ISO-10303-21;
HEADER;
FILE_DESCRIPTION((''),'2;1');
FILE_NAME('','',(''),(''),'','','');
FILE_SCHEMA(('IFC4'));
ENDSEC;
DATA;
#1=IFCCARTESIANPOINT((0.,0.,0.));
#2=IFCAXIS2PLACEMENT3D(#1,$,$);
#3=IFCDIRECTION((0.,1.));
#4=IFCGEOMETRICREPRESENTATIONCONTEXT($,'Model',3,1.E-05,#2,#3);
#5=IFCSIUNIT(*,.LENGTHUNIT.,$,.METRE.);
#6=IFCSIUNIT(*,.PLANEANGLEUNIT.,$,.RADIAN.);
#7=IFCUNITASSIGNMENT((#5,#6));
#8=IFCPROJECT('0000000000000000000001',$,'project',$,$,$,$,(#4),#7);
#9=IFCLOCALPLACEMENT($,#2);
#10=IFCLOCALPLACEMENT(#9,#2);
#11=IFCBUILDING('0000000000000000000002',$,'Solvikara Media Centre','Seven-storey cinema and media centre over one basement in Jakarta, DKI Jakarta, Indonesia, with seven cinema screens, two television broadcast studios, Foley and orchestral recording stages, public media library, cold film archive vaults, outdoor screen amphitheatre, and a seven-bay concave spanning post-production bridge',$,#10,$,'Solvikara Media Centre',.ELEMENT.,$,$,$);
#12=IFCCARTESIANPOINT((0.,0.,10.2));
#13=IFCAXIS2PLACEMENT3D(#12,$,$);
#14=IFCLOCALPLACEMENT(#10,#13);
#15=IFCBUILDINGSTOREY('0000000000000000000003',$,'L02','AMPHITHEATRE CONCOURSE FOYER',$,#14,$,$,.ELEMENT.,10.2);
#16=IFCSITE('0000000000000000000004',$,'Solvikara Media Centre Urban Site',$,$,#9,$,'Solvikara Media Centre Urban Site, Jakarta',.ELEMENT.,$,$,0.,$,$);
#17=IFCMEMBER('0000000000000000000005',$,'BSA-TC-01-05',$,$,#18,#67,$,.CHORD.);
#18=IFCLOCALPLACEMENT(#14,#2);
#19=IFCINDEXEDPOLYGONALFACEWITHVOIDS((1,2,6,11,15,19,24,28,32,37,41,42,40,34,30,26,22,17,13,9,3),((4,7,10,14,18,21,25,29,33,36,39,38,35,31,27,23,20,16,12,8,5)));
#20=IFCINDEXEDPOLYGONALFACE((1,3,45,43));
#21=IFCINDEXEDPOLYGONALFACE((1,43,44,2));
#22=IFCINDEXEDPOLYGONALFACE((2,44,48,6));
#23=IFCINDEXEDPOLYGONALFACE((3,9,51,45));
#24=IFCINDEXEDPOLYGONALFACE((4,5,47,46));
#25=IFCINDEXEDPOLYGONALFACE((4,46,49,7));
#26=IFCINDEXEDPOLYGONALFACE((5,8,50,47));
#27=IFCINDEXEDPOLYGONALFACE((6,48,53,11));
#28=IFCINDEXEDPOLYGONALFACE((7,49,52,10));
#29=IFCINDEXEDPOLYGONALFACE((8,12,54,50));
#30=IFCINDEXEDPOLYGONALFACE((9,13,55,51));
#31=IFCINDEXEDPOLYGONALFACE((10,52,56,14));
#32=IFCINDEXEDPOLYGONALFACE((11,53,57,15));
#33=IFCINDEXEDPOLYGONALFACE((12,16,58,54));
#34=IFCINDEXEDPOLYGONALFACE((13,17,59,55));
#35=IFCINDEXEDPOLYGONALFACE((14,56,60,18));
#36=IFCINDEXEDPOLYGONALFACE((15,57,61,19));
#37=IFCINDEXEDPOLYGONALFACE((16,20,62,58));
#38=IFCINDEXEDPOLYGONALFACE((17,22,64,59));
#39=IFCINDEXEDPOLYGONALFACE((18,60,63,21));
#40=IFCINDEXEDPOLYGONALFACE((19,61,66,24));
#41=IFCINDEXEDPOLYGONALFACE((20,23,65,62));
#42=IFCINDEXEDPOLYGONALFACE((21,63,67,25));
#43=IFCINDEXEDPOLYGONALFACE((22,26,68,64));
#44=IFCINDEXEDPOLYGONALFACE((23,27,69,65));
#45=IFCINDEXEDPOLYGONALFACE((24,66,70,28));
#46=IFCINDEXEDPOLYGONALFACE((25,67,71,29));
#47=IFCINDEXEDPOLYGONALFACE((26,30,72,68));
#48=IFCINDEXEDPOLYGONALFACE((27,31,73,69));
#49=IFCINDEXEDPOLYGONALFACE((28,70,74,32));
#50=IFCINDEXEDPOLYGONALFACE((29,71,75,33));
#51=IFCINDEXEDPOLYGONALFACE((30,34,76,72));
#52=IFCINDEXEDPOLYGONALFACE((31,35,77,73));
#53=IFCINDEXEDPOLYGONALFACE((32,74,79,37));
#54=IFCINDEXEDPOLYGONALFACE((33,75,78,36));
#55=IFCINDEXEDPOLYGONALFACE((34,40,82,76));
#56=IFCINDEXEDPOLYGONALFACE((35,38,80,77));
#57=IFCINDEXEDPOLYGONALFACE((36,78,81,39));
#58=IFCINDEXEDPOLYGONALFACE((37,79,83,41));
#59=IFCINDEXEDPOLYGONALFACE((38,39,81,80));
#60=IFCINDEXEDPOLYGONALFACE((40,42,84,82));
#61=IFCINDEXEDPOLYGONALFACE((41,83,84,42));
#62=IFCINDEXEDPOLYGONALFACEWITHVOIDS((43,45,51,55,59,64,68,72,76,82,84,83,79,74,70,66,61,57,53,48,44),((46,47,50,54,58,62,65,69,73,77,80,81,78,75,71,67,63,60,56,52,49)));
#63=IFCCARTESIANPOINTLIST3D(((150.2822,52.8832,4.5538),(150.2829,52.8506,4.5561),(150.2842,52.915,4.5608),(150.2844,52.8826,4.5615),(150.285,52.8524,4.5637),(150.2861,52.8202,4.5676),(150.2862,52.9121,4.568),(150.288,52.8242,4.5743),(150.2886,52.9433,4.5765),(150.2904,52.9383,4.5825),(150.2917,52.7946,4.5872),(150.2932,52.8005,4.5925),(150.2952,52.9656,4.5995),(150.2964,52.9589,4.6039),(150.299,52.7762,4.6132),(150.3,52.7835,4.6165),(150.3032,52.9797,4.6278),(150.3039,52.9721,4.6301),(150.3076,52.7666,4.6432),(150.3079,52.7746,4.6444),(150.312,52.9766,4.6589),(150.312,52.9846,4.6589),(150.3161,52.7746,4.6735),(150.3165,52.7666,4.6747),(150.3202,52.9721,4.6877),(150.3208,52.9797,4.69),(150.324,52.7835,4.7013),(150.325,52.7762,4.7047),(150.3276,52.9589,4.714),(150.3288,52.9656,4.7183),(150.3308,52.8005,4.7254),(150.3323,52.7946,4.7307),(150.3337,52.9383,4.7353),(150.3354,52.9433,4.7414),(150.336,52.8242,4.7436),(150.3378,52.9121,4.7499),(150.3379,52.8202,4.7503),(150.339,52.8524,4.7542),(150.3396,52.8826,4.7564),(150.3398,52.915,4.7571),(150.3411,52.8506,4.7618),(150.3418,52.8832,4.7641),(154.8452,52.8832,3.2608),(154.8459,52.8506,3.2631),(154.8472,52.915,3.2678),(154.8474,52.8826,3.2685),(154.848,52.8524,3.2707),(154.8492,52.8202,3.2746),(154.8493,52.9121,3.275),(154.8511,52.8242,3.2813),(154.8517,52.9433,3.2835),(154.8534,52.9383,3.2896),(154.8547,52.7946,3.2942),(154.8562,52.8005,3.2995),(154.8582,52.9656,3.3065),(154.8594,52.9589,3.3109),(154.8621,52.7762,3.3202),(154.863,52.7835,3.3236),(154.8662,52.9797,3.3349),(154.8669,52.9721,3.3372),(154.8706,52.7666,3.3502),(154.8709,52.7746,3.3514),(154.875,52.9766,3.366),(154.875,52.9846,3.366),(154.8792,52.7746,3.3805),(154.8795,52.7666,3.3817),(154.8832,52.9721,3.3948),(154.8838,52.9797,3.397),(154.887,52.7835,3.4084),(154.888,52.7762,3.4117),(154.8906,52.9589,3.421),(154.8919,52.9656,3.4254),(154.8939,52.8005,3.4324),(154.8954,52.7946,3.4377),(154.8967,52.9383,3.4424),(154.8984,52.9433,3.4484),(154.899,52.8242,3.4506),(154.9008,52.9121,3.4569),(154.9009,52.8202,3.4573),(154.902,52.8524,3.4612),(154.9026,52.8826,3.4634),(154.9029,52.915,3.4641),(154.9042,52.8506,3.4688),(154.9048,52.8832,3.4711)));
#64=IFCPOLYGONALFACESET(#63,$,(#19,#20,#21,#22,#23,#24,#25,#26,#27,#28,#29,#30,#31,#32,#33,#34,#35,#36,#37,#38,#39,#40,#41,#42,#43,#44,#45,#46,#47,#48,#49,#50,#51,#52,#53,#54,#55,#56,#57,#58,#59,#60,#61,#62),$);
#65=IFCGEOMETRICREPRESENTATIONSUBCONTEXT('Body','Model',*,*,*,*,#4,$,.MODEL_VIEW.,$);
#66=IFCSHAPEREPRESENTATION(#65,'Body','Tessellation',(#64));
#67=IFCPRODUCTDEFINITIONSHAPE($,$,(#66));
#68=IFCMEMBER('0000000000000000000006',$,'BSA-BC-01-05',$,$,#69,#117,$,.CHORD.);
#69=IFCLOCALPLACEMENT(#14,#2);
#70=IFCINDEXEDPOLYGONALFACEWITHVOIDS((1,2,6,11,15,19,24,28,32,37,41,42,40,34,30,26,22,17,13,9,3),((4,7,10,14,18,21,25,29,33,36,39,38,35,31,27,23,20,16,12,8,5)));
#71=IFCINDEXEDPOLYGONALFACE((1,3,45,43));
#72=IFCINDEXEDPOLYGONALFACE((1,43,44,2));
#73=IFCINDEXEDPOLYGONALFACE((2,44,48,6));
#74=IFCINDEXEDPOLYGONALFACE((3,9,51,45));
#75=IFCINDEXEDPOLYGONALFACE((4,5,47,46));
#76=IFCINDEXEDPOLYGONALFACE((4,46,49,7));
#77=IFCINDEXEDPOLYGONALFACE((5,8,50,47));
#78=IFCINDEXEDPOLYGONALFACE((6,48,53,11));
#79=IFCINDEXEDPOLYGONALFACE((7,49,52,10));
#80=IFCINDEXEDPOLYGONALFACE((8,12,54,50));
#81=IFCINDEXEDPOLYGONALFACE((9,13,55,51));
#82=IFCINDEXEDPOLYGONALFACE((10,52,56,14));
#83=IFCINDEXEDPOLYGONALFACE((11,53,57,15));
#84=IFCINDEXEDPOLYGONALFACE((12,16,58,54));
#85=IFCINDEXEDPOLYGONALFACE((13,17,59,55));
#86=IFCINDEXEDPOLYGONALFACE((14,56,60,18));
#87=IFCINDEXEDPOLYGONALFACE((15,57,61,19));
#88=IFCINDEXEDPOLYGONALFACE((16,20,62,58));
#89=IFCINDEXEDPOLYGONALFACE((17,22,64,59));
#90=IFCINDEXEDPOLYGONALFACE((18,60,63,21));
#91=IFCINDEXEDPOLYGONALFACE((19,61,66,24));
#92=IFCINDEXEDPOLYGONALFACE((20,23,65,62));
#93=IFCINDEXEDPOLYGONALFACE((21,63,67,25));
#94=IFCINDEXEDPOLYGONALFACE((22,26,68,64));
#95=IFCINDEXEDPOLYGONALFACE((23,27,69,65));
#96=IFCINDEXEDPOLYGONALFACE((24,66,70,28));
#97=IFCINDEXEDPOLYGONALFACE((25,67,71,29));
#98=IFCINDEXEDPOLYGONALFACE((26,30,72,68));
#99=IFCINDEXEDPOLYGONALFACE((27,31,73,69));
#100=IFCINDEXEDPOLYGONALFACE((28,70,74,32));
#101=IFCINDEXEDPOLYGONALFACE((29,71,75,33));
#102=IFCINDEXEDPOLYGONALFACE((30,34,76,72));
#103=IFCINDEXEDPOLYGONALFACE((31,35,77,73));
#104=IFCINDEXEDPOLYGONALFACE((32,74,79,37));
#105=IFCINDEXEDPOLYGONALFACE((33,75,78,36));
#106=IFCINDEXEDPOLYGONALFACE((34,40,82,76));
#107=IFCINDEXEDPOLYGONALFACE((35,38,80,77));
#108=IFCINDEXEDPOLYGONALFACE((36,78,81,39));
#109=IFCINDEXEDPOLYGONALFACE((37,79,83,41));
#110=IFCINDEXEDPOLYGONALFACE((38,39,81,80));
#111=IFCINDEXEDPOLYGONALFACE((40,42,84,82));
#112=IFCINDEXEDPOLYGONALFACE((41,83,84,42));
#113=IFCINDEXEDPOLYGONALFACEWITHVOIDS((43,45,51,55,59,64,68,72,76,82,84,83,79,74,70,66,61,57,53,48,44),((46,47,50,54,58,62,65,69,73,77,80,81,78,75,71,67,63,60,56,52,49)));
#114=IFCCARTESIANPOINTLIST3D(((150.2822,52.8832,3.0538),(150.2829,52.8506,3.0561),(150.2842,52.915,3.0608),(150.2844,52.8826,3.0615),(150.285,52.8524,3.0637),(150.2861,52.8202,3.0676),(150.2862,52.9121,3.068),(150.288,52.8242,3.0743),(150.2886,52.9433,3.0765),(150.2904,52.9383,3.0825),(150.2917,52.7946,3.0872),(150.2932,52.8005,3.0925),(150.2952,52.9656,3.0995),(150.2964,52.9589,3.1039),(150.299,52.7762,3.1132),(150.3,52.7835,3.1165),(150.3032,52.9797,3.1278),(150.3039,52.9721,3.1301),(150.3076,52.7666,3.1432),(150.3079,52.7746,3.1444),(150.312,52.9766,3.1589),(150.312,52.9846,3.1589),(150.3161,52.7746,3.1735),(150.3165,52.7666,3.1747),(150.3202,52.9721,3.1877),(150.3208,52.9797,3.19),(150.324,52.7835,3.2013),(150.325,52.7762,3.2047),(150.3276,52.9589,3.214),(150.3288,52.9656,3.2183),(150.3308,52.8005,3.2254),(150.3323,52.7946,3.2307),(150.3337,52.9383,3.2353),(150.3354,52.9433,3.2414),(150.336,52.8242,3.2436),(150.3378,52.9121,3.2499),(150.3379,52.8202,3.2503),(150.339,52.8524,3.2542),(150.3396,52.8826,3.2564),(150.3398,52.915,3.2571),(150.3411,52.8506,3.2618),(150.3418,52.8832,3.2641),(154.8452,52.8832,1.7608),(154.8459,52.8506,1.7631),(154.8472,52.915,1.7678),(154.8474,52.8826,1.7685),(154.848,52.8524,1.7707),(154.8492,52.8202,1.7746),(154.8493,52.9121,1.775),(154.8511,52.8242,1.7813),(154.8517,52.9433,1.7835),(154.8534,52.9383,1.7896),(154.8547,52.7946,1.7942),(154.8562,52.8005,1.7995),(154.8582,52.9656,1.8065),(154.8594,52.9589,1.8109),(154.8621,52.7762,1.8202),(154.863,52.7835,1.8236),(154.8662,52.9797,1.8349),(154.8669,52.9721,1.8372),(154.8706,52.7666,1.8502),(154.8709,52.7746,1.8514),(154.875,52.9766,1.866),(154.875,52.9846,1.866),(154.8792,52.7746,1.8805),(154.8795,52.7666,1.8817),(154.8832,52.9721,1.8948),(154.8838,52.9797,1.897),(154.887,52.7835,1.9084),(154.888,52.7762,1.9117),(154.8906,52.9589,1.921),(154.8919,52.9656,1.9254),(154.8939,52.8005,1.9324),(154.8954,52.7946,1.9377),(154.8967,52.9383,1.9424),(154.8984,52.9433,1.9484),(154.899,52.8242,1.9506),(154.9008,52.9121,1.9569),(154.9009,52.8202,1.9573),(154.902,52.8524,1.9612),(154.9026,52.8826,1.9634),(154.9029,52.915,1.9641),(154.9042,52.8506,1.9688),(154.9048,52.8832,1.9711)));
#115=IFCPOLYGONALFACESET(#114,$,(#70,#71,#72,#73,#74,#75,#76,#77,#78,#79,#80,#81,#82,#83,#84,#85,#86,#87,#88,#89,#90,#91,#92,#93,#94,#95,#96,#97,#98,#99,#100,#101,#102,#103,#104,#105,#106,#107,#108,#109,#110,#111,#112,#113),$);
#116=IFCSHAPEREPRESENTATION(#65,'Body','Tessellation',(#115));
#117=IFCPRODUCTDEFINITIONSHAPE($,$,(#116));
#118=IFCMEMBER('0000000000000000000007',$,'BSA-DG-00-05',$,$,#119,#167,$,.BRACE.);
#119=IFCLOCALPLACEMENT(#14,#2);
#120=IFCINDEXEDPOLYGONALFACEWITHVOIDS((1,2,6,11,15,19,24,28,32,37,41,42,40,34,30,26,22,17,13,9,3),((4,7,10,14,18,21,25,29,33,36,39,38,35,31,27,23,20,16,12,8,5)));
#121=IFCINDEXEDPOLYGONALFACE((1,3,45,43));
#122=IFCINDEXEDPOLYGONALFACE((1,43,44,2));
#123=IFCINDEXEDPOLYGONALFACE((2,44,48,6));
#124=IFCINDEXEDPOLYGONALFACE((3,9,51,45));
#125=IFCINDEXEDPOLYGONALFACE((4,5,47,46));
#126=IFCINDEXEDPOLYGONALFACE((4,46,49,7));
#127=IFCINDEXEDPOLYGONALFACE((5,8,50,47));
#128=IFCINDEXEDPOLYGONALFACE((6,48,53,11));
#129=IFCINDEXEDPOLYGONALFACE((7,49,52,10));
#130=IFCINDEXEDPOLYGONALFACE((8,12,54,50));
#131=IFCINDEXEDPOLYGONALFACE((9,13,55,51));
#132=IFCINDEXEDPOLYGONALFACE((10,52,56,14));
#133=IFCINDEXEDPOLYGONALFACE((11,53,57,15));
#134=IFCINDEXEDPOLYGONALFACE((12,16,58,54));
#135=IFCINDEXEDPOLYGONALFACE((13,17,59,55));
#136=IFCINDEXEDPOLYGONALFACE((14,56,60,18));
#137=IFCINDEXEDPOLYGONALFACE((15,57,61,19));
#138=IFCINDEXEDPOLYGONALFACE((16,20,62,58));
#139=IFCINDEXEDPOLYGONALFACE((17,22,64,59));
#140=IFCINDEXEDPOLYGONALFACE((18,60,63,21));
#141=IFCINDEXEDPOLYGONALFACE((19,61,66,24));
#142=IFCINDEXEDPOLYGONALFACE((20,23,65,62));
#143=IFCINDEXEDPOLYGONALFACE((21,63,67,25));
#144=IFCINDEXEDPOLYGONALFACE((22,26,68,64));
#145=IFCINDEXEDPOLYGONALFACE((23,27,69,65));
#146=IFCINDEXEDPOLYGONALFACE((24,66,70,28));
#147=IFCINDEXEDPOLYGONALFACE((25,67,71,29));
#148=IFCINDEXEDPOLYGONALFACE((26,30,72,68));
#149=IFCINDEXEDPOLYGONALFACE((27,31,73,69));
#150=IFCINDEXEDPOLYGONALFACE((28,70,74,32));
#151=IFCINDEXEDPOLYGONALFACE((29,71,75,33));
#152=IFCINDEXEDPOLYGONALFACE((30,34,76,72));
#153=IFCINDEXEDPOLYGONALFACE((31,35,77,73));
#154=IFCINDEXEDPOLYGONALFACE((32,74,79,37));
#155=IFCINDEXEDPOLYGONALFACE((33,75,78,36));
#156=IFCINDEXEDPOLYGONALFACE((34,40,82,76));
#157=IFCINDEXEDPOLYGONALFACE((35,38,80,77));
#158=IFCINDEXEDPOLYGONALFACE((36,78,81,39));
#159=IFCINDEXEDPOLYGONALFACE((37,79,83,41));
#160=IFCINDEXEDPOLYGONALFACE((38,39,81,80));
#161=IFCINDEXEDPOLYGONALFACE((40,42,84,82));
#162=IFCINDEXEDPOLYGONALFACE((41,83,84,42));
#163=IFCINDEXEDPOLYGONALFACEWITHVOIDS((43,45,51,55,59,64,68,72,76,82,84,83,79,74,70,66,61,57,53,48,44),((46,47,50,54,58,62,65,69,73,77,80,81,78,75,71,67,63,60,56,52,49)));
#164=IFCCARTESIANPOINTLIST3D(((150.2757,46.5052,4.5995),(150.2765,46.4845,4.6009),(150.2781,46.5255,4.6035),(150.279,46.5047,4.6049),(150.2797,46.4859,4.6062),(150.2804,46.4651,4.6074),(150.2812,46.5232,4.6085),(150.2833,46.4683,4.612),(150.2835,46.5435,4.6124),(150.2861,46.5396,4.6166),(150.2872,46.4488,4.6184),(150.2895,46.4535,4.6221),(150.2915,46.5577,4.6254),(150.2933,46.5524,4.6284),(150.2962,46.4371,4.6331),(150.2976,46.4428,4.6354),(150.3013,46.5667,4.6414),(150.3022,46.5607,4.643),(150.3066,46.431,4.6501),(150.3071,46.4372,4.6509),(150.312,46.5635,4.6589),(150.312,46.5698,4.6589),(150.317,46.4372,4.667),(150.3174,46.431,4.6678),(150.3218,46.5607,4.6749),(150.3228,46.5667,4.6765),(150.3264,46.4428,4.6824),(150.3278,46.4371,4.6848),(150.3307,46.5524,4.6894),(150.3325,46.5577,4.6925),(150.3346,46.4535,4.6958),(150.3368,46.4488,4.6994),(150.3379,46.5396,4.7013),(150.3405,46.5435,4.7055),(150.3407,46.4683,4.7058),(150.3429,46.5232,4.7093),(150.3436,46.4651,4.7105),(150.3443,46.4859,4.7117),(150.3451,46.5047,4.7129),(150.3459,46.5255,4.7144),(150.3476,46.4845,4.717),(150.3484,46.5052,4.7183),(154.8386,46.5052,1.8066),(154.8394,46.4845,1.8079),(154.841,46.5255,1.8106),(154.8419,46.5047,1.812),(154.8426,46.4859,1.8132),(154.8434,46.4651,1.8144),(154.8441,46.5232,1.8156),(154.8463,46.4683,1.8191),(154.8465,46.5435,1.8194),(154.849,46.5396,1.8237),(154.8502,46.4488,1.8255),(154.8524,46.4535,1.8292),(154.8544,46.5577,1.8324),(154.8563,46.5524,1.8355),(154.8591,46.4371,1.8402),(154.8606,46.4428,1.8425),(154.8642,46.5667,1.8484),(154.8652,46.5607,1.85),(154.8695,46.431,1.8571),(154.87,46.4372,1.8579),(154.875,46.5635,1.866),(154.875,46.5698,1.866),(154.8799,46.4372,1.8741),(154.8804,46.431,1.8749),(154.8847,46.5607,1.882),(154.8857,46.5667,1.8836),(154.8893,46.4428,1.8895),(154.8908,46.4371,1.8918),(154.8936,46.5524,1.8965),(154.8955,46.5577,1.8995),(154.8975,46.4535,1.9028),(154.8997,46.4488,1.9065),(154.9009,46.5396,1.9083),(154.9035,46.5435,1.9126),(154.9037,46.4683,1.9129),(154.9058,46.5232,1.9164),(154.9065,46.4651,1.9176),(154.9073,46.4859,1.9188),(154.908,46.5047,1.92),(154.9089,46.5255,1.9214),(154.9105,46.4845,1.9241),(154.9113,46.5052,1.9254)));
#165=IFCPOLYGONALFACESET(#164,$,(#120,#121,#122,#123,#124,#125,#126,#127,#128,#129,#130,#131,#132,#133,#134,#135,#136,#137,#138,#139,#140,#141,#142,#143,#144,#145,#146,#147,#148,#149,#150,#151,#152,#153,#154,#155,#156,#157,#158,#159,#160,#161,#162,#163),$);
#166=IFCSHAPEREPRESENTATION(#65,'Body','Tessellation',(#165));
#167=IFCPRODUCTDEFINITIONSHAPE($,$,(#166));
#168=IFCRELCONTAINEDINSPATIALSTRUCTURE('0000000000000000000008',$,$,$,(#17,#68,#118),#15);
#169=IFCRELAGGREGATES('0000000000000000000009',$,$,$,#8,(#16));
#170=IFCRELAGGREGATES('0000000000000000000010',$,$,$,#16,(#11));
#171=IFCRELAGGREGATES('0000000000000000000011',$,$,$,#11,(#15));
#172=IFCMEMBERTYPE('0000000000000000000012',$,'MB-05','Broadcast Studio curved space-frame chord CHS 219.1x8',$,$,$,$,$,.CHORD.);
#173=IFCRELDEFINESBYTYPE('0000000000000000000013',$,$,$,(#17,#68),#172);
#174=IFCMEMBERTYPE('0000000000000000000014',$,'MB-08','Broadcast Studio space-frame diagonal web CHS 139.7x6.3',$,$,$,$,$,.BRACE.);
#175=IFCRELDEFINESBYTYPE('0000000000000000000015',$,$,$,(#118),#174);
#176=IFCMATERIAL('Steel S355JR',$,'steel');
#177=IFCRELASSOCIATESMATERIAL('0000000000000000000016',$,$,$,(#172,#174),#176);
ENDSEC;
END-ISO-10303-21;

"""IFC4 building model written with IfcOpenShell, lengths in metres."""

from ifc_helpers import new_model, si_unit, direction, frame, origin, origin_2d, place, context, subcontext, project, spatial, hollow_circle, extrude, material, material_profile, profile_set, type_object, element, save


model = new_model("IFC4")

# Units and contexts
model_context = context("Model", 3, precision=1e-05, world=origin(), true_north=direction((0.0, 1.0)))
body_context = subcontext(model_context, "Body", "Model", "MODEL_VIEW")
ifc_project = project(units=[si_unit("LENGTHUNIT", "METRE"), si_unit("PLANEANGLEUNIT", "RADIAN")], contexts=[model_context])

# Site, building, storey
site_placement = place(None, origin())
site = spatial("IfcSite", under=ifc_project, at=site_placement, Name="Solvikara Media Centre Urban Site", LongName="Solvikara Media Centre Urban Site, Jakarta", CompositionType="ELEMENT", RefElevation=0.0)
building_placement = place(site_placement, origin())
building = spatial("IfcBuilding", under=site, at=building_placement, Name="Solvikara Media Centre", Description="Seven-storey cinema and media centre over one basement in Jakarta, DKI Jakarta, Indonesia, with seven cinema screens, two television broadcast studios, Foley and orchestral recording stages, public media library, cold film archive vaults, outdoor screen amphitheatre, and a seven-bay concave spanning post-production bridge", LongName="Solvikara Media Centre", CompositionType="ELEMENT")
storey_placement = place(building_placement, frame((0.0, 0.0, 10.2)))
storey = spatial("IfcBuildingStorey", under=building, at=storey_placement, Name="L02", Description="AMPHITHEATRE CONCOURSE FOYER", CompositionType="ELEMENT", Elevation=10.2)

# Members
ifc_material_1 = material(Name="Steel S355JR", Category="steel")
ifc_material_profile_1 = material_profile(ifc_material_1, hollow_circle(Radius=0.1096, WallThickness=0.0081, at=origin_2d()), Name="CHS 219.1x8")
ifc_profile_set_1 = profile_set([ifc_material_profile_1], Name="Steel S355JR")
member_type_1 = type_object("IfcMemberType", Name="MB-05", Description="Broadcast Studio curved space-frame chord CHS 219.1x8", PredefinedType="CHORD", material=ifc_profile_set_1)
for number, where, z_axis, x_axis, name in (
    (1, (150.312, 52.875, 4.6589), (0.96212, 0.0, -0.272626), (0.0, 1.0, 0.0), "BSA-TC-01-05"),
    (2, (150.312, 52.875, 3.1589), (0.96212, 0.0, -0.272626), (0.0, 1.0, 0.0), "BSA-BC-01-05"),
):
    element("IfcMember", number, at=place(storey_placement, frame(where, z_axis=z_axis, x_axis=x_axis)), inside=storey, type_object=member_type_1, Name=name, PredefinedType="CHORD", context=body_context, shape_type="SweptSolid", body=[
        extrude(hollow_circle(Radius=0.1096, WallThickness=0.0081, at=origin_2d()), origin(), (0.0, 0.0, 1.0), 4.7427),
    ])
ifc_material_profile_2 = material_profile(ifc_material_1, hollow_circle(Radius=0.0698, WallThickness=0.0063, at=origin_2d()), Name="CHS 139.7x6.3")
ifc_profile_set_2 = profile_set([ifc_material_profile_2], Name="Steel S355JR")
member_type_2 = type_object("IfcMemberType", Name="MB-08", Description="Broadcast Studio space-frame diagonal web CHS 139.7x6.3", PredefinedType="BRACE", material=ifc_profile_set_2)
member_1_placement = place(storey_placement, frame((150.312, 46.5, 4.6589), z_axis=(0.852909, 0.0, -0.522059), x_axis=(0.0, 1.0, 0.0)))
element("IfcMember", 3, at=member_1_placement, inside=storey, type_object=member_type_2, Name="BSA-DG-00-05", PredefinedType="BRACE", context=body_context, shape_type="SweptSolid", body=[
    extrude(hollow_circle(Radius=0.0698, WallThickness=0.0063, at=origin_2d()), origin(), (0.0, 0.0, 1.0), 5.3499),
])

save(model, "model.ifc")
